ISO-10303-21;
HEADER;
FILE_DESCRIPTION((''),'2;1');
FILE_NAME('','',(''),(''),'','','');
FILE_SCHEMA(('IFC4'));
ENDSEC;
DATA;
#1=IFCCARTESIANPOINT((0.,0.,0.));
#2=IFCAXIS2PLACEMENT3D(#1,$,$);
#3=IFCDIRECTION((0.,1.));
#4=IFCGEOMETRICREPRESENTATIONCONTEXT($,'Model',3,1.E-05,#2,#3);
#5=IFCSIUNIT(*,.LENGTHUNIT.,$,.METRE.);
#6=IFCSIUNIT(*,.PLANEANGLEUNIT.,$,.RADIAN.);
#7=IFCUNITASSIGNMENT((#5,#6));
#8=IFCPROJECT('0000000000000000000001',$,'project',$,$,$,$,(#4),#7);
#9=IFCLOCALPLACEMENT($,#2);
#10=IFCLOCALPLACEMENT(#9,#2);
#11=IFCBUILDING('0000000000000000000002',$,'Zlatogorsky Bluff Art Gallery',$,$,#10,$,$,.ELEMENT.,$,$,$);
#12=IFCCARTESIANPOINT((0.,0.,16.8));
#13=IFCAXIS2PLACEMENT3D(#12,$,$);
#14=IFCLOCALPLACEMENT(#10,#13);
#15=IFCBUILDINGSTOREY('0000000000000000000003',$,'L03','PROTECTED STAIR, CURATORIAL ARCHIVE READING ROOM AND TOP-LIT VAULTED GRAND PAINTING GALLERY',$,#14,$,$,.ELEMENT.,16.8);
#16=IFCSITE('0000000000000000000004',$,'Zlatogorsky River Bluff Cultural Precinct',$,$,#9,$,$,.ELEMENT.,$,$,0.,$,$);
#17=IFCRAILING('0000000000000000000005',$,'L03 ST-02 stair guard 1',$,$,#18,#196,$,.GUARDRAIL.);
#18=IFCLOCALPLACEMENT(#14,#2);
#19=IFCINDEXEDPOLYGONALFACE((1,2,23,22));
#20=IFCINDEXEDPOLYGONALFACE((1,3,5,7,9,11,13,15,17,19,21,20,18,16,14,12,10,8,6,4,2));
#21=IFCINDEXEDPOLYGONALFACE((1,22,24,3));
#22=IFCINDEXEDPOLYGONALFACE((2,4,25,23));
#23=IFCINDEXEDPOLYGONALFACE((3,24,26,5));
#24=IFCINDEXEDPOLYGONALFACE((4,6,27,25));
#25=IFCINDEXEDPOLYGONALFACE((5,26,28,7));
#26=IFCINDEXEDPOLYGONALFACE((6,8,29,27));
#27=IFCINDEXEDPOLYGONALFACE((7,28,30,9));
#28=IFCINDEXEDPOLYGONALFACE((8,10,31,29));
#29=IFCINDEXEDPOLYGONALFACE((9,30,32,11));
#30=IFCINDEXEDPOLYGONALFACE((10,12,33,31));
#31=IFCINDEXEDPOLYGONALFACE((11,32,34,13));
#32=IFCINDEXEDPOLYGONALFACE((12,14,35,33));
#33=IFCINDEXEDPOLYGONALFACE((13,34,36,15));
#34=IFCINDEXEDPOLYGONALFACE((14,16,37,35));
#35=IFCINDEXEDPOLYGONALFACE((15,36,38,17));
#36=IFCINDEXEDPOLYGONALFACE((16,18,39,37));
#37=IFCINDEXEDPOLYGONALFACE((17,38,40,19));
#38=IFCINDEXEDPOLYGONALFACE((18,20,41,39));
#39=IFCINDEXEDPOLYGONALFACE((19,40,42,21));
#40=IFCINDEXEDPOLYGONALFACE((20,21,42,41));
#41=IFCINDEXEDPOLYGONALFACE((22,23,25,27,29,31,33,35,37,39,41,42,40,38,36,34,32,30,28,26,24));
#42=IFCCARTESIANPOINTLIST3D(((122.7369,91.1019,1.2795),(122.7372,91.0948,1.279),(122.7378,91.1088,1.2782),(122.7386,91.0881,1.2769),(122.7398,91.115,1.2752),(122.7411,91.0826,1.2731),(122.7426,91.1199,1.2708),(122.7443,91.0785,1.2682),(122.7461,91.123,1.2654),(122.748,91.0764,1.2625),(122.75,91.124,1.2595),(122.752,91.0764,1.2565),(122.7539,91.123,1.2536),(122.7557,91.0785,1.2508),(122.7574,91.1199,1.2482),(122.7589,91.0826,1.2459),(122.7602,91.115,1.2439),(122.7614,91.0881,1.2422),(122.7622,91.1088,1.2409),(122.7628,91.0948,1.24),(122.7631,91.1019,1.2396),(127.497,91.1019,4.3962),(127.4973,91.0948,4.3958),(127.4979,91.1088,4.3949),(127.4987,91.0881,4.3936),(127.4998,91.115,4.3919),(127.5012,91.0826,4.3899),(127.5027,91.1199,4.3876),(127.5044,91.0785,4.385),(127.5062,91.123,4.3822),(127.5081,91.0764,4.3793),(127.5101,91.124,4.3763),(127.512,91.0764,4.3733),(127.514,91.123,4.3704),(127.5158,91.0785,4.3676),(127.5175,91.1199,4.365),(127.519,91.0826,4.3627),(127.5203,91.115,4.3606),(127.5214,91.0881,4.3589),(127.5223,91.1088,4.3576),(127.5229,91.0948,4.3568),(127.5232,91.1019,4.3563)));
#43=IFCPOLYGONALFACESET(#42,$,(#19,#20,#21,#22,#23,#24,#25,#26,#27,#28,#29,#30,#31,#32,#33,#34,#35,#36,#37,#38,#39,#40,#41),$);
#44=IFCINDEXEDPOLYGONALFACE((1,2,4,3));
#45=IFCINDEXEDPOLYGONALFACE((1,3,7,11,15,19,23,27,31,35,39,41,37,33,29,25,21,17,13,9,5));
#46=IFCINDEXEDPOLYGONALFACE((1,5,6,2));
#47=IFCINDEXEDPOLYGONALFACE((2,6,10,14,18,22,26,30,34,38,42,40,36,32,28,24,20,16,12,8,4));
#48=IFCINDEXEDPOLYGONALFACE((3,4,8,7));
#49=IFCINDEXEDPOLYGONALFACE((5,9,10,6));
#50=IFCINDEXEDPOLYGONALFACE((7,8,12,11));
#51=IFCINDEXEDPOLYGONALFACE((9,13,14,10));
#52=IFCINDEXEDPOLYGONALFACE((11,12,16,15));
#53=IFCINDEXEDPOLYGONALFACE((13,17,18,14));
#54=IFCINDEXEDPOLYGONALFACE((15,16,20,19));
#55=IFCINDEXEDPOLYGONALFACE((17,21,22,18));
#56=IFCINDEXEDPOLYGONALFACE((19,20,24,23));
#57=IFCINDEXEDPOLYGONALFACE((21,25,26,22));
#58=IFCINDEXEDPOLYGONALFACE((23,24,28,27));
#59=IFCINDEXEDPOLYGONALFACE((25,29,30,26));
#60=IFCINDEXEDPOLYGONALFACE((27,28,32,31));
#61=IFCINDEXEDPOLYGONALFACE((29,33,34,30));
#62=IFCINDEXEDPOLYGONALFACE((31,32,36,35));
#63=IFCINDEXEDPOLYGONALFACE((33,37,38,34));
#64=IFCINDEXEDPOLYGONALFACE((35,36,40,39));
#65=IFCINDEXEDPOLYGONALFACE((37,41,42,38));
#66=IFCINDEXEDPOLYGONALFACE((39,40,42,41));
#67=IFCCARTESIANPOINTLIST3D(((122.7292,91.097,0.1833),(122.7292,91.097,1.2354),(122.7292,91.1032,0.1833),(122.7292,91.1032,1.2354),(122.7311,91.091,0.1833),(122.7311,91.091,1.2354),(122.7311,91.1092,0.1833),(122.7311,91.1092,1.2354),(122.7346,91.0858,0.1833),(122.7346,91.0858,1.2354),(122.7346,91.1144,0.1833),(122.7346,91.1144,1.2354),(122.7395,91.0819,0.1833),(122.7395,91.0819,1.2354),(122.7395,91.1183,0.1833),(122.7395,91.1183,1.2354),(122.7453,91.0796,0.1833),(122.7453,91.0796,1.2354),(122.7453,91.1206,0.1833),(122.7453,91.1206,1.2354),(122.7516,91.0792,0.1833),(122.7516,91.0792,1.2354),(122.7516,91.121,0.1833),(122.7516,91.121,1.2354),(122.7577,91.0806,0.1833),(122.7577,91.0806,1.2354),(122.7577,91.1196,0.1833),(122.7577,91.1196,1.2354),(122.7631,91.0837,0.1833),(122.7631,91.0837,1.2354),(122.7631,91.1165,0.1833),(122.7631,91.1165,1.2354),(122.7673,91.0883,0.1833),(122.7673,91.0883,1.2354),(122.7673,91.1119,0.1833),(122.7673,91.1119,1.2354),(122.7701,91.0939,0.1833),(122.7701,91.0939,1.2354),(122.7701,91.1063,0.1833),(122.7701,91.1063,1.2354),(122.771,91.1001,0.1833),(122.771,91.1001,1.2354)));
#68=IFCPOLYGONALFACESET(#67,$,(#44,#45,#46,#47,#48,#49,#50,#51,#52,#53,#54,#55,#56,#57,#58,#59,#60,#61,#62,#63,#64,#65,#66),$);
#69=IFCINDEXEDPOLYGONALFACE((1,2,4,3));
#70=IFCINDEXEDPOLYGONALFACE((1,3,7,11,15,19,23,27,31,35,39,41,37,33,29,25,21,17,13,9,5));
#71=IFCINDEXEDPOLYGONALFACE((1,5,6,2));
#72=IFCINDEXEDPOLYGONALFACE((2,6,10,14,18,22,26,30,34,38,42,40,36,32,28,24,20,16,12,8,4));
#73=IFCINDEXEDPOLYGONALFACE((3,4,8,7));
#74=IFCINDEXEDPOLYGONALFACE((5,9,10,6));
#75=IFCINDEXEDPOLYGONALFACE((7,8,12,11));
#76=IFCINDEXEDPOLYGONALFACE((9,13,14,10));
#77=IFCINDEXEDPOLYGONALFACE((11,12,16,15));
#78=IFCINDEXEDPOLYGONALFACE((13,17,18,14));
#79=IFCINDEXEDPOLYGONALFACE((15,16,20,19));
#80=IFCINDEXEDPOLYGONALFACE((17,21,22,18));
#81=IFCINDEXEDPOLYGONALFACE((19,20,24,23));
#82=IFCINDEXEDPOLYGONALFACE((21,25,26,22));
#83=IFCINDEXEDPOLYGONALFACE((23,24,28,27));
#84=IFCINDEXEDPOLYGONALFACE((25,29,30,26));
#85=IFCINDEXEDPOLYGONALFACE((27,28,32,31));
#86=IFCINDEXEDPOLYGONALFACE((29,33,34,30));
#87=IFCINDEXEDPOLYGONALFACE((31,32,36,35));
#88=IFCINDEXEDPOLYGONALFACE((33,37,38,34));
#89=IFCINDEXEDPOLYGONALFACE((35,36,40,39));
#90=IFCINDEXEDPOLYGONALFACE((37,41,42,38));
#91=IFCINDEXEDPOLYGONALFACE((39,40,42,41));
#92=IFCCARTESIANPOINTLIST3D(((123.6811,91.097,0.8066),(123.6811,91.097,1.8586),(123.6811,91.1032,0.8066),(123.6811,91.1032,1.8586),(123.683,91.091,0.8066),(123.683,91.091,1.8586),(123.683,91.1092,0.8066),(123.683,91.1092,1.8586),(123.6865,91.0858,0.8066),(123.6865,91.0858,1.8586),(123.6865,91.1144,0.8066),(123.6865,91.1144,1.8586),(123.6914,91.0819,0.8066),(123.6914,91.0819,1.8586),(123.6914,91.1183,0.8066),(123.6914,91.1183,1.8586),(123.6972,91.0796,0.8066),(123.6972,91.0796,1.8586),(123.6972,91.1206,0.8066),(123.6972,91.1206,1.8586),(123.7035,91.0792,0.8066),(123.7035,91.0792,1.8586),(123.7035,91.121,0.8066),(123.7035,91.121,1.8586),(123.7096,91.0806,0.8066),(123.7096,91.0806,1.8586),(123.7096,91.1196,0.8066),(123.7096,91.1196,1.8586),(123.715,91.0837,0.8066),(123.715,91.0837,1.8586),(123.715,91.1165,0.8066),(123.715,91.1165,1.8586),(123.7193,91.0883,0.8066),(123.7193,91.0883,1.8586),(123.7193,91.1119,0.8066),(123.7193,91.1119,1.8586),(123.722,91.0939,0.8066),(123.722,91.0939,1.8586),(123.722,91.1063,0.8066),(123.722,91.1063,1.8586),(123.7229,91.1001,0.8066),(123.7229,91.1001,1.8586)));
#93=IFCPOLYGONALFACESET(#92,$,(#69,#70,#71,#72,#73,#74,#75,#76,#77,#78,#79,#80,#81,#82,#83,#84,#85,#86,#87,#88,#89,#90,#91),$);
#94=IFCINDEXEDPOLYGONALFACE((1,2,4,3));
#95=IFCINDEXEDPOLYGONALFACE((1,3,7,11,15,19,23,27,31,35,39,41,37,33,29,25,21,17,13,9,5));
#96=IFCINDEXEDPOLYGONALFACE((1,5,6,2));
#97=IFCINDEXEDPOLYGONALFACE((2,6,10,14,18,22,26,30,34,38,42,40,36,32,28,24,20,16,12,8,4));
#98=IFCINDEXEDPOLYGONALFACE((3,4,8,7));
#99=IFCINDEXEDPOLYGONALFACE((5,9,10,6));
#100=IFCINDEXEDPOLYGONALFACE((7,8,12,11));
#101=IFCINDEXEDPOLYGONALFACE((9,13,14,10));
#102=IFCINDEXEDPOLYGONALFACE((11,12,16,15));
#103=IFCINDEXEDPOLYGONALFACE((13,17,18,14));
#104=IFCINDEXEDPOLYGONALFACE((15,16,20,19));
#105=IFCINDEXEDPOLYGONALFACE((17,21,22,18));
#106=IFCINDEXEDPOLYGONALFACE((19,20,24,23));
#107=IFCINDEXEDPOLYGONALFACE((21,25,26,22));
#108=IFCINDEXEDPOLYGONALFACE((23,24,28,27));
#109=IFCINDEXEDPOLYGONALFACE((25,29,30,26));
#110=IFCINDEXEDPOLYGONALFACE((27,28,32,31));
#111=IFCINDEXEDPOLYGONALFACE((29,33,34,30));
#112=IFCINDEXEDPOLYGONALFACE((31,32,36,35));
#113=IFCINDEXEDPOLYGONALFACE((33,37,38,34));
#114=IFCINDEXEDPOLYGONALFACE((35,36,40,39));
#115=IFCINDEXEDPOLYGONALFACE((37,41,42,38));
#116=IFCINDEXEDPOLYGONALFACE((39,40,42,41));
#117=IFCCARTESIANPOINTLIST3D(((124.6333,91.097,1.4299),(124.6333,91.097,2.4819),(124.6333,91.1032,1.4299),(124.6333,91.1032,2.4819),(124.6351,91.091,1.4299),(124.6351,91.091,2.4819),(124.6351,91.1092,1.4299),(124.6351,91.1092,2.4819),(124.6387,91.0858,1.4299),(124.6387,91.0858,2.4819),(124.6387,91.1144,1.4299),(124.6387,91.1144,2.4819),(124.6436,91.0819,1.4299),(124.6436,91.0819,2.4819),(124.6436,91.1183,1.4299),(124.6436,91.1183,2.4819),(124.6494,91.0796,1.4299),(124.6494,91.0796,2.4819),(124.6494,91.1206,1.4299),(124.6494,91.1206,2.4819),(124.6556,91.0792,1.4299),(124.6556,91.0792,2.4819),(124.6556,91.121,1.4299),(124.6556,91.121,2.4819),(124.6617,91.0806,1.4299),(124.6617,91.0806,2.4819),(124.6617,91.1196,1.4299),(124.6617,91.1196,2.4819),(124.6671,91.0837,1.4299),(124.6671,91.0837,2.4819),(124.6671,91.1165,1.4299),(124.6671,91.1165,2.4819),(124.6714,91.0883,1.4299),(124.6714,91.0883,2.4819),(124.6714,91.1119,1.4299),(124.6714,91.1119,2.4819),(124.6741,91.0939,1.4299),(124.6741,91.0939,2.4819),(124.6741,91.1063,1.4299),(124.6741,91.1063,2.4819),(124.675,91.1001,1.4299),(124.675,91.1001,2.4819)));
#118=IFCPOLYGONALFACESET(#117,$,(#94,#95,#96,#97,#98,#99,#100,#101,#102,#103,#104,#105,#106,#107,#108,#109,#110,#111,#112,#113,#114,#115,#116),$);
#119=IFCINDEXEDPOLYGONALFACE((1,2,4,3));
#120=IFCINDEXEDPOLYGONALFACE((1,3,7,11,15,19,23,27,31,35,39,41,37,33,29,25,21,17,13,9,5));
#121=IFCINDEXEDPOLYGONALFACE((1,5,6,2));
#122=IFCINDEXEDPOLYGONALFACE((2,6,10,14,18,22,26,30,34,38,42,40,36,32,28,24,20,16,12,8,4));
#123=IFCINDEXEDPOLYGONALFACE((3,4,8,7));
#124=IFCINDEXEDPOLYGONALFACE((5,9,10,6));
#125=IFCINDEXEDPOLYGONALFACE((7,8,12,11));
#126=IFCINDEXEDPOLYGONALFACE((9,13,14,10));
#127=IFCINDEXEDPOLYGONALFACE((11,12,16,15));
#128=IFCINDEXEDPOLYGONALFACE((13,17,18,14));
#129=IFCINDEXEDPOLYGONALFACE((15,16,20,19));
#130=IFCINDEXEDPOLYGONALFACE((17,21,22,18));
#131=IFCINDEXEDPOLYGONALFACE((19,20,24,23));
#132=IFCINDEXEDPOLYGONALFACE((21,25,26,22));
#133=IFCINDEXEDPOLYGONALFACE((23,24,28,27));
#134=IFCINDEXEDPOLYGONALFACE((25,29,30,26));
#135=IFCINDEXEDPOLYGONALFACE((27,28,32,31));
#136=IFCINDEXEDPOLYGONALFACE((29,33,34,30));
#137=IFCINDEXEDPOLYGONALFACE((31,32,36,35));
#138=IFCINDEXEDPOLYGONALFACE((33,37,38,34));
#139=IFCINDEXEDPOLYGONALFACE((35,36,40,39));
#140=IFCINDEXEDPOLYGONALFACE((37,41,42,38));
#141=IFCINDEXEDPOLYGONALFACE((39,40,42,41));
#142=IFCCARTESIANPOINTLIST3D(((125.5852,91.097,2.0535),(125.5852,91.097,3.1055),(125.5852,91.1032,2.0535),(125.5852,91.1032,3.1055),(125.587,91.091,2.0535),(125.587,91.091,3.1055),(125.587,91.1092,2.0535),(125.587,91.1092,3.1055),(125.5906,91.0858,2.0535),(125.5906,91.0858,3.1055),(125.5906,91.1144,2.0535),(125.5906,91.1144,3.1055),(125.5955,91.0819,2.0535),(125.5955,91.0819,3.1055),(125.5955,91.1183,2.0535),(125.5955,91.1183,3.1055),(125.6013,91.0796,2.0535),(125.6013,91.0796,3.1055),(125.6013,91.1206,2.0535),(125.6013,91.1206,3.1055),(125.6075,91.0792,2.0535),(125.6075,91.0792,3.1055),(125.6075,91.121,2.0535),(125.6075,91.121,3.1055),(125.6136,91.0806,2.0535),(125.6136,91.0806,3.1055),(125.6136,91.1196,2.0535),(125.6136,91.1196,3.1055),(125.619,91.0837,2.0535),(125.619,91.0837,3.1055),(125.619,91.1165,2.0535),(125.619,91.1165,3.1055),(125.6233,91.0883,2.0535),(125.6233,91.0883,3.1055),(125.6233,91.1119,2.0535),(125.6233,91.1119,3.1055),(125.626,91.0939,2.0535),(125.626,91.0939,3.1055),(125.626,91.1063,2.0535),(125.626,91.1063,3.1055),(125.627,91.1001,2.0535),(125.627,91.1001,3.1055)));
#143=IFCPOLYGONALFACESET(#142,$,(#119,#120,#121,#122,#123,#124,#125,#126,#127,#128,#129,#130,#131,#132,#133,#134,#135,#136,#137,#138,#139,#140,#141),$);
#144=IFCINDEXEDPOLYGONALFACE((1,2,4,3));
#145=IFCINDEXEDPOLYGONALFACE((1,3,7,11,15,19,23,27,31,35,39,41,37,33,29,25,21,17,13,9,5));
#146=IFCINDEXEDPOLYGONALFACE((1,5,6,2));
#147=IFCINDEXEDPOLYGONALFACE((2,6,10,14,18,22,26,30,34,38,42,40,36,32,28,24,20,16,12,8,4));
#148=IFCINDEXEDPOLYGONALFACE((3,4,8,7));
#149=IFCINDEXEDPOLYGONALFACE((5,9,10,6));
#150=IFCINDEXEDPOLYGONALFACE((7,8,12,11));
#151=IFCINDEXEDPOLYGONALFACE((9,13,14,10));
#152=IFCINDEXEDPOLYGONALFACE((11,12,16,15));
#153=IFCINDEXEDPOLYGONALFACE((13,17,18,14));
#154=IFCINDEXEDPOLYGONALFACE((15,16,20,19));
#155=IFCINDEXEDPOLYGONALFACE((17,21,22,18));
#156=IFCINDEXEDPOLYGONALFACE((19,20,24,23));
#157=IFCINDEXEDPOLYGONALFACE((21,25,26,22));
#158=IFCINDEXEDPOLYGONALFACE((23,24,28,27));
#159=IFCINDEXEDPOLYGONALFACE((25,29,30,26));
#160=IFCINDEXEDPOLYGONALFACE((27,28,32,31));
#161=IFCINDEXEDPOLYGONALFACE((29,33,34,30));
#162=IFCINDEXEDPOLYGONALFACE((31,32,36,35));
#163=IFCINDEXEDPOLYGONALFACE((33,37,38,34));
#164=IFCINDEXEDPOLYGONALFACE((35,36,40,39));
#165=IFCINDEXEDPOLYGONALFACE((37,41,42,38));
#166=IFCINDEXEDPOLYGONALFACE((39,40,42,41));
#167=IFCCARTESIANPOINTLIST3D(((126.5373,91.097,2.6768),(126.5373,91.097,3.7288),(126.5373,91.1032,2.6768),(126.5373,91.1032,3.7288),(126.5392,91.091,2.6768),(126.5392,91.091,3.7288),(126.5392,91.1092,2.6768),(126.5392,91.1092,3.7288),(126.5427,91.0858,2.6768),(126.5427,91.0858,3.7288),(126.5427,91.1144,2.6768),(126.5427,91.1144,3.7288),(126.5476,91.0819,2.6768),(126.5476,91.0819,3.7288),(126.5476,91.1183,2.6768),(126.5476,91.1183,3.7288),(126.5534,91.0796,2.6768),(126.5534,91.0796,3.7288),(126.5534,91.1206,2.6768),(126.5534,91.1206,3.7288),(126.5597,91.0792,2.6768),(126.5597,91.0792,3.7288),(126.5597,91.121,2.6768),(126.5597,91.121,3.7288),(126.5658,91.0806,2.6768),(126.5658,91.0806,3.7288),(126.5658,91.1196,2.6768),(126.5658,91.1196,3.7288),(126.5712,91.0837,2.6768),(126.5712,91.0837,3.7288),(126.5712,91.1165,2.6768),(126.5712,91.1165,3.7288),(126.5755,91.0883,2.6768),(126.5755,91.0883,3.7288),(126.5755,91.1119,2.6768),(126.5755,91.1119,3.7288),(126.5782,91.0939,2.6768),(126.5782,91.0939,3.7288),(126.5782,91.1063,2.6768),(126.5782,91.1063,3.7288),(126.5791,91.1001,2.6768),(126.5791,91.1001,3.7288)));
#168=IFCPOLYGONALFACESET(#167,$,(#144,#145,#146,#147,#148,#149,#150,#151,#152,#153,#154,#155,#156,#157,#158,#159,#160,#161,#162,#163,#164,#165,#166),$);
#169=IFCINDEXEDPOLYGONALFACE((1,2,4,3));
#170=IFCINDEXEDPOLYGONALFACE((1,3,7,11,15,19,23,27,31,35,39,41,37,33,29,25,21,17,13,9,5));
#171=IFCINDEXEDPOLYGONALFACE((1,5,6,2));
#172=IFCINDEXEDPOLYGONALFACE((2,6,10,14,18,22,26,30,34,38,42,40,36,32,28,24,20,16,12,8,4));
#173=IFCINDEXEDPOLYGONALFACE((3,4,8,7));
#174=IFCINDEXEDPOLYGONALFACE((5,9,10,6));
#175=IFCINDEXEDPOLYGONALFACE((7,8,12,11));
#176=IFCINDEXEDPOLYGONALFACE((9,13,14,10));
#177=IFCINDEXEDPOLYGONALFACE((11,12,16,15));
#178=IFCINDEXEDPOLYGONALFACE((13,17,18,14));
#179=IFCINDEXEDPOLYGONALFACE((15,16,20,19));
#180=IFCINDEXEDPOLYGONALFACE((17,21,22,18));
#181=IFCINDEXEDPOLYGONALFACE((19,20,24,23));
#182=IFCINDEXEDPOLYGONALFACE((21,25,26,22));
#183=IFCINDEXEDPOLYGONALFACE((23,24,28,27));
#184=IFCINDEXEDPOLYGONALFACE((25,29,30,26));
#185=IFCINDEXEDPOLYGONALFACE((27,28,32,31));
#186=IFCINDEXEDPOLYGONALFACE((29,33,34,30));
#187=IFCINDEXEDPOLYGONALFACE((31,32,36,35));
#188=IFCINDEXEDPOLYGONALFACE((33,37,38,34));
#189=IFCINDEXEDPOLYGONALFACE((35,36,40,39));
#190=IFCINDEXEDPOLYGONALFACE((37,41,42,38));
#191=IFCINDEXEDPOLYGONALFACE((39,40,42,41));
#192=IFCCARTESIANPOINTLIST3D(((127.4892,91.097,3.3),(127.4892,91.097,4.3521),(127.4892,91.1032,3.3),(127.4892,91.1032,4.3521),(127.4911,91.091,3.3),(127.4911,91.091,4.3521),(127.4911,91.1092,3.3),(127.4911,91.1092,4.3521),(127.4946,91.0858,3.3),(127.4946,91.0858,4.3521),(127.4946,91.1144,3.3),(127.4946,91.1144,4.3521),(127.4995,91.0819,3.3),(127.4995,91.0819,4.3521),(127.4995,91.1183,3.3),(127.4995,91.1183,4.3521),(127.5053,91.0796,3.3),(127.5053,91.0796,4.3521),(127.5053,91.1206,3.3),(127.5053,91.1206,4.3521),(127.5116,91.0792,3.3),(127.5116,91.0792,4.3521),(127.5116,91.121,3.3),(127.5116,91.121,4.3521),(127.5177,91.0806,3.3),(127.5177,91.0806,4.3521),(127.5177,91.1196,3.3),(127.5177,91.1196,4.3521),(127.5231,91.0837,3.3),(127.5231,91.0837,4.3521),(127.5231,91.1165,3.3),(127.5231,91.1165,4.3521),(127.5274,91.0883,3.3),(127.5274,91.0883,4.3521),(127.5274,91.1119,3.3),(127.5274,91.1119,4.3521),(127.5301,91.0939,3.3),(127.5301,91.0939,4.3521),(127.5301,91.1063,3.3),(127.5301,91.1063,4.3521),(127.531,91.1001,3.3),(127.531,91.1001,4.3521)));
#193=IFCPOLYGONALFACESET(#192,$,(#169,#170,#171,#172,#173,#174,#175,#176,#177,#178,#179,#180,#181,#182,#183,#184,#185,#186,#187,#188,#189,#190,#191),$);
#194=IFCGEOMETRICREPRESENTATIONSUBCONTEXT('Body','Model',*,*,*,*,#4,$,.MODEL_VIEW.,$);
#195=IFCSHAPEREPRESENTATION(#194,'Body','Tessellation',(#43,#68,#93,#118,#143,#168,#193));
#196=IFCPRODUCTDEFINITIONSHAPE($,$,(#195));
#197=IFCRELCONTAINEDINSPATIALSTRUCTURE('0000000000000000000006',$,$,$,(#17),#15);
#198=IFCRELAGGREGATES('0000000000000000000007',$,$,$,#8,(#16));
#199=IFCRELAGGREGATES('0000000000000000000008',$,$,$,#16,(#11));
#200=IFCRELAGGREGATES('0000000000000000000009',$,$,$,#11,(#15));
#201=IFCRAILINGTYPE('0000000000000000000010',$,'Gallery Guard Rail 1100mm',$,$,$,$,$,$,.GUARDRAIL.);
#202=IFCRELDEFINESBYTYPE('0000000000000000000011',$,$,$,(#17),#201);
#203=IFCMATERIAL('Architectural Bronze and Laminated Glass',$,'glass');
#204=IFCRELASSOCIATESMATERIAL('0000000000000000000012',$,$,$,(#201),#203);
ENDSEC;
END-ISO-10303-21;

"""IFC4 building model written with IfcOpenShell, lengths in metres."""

from ifc_helpers import new_model, si_unit, direction, frame, origin, origin_2d, place, context, subcontext, project, spatial, circle, extrude, material, type_object, element, save


model = new_model("IFC4")

# Units and contexts
model_context = context("Model", 3, precision=1e-05, world=origin(), true_north=direction((0.0, 1.0)))
body_context = subcontext(model_context, "Body", "Model", "MODEL_VIEW")
ifc_project = project(units=[si_unit("LENGTHUNIT", "METRE"), si_unit("PLANEANGLEUNIT", "RADIAN")], contexts=[model_context])

# Site, building, storey
site_placement = place(None, origin())
site = spatial("IfcSite", under=ifc_project, at=site_placement, Name="Zlatogorsky River Bluff Cultural Precinct", CompositionType="ELEMENT", RefElevation=0.0)
building_placement = place(site_placement, origin())
building = spatial("IfcBuilding", under=site, at=building_placement, Name="Zlatogorsky Bluff Art Gallery", CompositionType="ELEMENT")
storey_placement = place(building_placement, frame((0.0, 0.0, 16.8)))
storey = spatial("IfcBuildingStorey", under=building, at=storey_placement, Name="L03", Description="PROTECTED STAIR, CURATORIAL ARCHIVE READING ROOM AND TOP-LIT VAULTED GRAND PAINTING GALLERY", CompositionType="ELEMENT", Elevation=16.8)

# Railing
ifc_material_1 = material(Name="Architectural Bronze and Laminated Glass", Category="glass")
railing_type_1 = type_object("IfcRailingType", Name="Gallery Guard Rail 1100mm", PredefinedType="GUARDRAIL", material=ifc_material_1)
railing_1_placement = place(storey_placement, frame((122.75, 91.1001, 0.1833)))
element("IfcRailing", 1, at=railing_1_placement, inside=storey, type_object=railing_type_1, Name="L03 ST-02 stair guard 1", PredefinedType="GUARDRAIL", context=body_context, shape_type="SweptSolid", body=[
    extrude(circle(Radius=0.0239, at=origin_2d()), frame((0.0, 0.0, 1.0762), z_axis=(0.836616, 0.0, 0.547789), x_axis=(0.0, 1.0, 0.0)), (0.0, 0.0, 1.0), 5.6897),
    extrude(circle(Radius=0.021, at=origin_2d()), origin(), (0.0, 0.0, 1.0), 1.052),
    extrude(circle(Radius=0.021, at=origin_2d()), frame((0.9519, 0.0, 0.6233)), (0.0, 0.0, 1.0), 1.052),
    extrude(circle(Radius=0.021, at=origin_2d()), frame((1.9041, 0.0, 1.2466)), (0.0, 0.0, 1.0), 1.052),
    extrude(circle(Radius=0.021, at=origin_2d()), frame((2.856, 0.0, 1.8701)), (0.0, 0.0, 1.0), 1.052),
    extrude(circle(Radius=0.021, at=origin_2d()), frame((3.8081, 0.0, 2.4934)), (0.0, 0.0, 1.0), 1.052),
    extrude(circle(Radius=0.021, at=origin_2d()), frame((4.76, 0.0, 3.1167)), (0.0, 0.0, 1.0), 1.052),
])

save(model, "model.ifc")
